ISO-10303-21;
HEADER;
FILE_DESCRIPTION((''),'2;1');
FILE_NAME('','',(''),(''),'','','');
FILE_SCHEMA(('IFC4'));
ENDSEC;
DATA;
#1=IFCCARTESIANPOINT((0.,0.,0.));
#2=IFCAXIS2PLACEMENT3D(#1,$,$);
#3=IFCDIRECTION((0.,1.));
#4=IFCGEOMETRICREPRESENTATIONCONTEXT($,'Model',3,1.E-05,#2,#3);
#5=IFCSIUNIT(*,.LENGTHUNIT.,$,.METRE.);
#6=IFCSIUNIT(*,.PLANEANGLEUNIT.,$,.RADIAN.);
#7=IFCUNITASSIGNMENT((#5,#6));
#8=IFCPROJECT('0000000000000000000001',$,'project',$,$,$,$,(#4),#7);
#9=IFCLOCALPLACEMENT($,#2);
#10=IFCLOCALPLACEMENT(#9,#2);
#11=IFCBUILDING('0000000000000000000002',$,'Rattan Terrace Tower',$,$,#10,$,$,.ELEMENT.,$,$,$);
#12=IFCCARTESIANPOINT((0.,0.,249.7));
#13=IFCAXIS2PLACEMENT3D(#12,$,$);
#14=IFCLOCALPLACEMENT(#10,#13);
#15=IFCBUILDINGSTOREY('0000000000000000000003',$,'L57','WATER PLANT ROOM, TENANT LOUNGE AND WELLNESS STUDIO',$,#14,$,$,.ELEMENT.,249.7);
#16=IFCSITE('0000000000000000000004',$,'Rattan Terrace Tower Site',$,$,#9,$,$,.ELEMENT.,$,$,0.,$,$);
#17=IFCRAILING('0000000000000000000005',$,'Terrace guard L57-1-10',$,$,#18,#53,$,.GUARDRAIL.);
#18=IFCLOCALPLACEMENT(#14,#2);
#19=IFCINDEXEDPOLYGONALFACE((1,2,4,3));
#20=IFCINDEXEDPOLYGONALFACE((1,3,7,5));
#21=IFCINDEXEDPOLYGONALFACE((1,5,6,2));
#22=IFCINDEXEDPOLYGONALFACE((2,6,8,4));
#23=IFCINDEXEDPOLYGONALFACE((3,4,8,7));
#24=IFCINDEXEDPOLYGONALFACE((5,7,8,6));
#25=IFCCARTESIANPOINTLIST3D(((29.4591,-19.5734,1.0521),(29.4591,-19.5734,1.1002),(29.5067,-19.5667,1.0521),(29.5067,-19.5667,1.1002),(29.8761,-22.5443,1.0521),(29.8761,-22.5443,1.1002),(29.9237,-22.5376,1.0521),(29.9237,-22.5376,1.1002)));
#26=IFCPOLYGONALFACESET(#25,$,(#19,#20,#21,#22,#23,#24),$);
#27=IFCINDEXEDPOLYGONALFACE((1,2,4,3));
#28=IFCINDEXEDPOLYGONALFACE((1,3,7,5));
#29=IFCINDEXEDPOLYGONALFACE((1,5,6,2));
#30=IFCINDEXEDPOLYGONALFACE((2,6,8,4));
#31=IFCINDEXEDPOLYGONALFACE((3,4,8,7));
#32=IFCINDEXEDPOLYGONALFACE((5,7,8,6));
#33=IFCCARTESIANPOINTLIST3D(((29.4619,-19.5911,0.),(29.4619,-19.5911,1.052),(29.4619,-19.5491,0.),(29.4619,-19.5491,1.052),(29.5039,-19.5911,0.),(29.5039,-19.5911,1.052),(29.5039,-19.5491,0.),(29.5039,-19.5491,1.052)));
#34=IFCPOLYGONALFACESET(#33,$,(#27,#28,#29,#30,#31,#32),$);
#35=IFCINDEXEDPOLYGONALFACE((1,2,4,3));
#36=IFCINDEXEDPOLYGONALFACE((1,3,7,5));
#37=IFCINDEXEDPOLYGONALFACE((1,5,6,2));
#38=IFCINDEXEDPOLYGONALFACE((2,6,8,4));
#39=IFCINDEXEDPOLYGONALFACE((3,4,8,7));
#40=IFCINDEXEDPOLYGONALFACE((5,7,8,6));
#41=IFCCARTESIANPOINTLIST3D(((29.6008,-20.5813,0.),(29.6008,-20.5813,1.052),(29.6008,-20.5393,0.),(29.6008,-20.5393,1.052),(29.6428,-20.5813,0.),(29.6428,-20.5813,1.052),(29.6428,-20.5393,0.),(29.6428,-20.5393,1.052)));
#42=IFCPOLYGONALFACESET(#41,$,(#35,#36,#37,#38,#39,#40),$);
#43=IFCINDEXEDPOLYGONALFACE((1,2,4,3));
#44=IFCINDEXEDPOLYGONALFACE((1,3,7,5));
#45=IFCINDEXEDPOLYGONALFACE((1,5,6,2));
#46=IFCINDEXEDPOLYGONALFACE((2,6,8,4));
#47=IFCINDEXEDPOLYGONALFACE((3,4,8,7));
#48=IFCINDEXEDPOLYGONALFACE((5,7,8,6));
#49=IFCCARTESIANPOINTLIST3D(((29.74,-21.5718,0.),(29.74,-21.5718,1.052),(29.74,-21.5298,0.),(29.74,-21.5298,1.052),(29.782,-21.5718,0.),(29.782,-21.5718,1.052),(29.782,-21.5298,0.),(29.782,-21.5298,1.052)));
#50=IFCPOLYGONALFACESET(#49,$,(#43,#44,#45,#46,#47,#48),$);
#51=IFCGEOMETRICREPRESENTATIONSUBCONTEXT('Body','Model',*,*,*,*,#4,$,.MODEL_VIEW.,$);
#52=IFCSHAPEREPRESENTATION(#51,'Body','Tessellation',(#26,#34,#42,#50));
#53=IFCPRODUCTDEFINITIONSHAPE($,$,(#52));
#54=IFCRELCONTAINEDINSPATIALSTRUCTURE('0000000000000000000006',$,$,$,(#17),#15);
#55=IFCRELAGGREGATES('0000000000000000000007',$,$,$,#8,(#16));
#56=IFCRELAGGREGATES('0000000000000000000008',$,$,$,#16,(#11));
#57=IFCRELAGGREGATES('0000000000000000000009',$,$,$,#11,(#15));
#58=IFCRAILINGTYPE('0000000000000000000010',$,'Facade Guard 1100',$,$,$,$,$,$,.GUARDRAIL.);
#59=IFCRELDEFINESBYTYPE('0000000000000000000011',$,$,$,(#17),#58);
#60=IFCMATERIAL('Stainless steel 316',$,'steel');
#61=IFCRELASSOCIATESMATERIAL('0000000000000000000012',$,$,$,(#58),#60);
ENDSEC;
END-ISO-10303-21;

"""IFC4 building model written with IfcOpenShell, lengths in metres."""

from ifc_helpers import new_model, si_unit, direction, frame, origin, origin_2d, place, context, subcontext, project, spatial, rectangle, extrude, material, type_object, element, save


model = new_model("IFC4")

# Units and contexts
model_context = context("Model", 3, precision=1e-05, world=origin(), true_north=direction((0.0, 1.0)))
body_context = subcontext(model_context, "Body", "Model", "MODEL_VIEW")
ifc_project = project(units=[si_unit("LENGTHUNIT", "METRE"), si_unit("PLANEANGLEUNIT", "RADIAN")], contexts=[model_context])

# Site, building, storey
site_placement = place(None, origin())
site = spatial("IfcSite", under=ifc_project, at=site_placement, Name="Rattan Terrace Tower Site", CompositionType="ELEMENT", RefElevation=0.0)
building_placement = place(site_placement, origin())
building = spatial("IfcBuilding", under=site, at=building_placement, Name="Rattan Terrace Tower", CompositionType="ELEMENT")
storey_placement = place(building_placement, frame((0.0, 0.0, 249.7)))
storey = spatial("IfcBuildingStorey", under=building, at=storey_placement, Name="L57", Description="WATER PLANT ROOM, TENANT LOUNGE AND WELLNESS STUDIO", CompositionType="ELEMENT", Elevation=249.7)

# Railing
ifc_material_1 = material(Name="Stainless steel 316", Category="steel")
railing_type = type_object("IfcRailingType", Name="Facade Guard 1100", PredefinedType="GUARDRAIL", material=ifc_material_1)
railing_1_placement = place(storey_placement, frame((29.4829, -19.5701, 0.0)))
element("IfcRailing", 1, at=railing_1_placement, inside=storey, type_object=railing_type, Name="Terrace guard L57-1-10", PredefinedType="GUARDRAIL", context=body_context, shape_type="SweptSolid", body=[
    extrude(rectangle(XDim=0.0481, YDim=0.0481, at=origin_2d()), frame((0.0, 0.0, 1.0762), z_axis=(0.138994, -0.990293, 0.0), x_axis=(0.990293, 0.138994, 0.0)), (0.0, 0.0, 1.0), 3.0),
    extrude(rectangle(XDim=0.042, YDim=0.042, at=origin_2d()), origin(), (0.0, 0.0, 1.0), 1.052),
    extrude(rectangle(XDim=0.042, YDim=0.042, at=origin_2d()), frame((0.1389, -0.9902, 0.0)), (0.0, 0.0, 1.0), 1.052),
    extrude(rectangle(XDim=0.042, YDim=0.042, at=origin_2d()), frame((0.2781, -1.9807, 0.0)), (0.0, 0.0, 1.0), 1.052),
])

save(model, "model.ifc")
